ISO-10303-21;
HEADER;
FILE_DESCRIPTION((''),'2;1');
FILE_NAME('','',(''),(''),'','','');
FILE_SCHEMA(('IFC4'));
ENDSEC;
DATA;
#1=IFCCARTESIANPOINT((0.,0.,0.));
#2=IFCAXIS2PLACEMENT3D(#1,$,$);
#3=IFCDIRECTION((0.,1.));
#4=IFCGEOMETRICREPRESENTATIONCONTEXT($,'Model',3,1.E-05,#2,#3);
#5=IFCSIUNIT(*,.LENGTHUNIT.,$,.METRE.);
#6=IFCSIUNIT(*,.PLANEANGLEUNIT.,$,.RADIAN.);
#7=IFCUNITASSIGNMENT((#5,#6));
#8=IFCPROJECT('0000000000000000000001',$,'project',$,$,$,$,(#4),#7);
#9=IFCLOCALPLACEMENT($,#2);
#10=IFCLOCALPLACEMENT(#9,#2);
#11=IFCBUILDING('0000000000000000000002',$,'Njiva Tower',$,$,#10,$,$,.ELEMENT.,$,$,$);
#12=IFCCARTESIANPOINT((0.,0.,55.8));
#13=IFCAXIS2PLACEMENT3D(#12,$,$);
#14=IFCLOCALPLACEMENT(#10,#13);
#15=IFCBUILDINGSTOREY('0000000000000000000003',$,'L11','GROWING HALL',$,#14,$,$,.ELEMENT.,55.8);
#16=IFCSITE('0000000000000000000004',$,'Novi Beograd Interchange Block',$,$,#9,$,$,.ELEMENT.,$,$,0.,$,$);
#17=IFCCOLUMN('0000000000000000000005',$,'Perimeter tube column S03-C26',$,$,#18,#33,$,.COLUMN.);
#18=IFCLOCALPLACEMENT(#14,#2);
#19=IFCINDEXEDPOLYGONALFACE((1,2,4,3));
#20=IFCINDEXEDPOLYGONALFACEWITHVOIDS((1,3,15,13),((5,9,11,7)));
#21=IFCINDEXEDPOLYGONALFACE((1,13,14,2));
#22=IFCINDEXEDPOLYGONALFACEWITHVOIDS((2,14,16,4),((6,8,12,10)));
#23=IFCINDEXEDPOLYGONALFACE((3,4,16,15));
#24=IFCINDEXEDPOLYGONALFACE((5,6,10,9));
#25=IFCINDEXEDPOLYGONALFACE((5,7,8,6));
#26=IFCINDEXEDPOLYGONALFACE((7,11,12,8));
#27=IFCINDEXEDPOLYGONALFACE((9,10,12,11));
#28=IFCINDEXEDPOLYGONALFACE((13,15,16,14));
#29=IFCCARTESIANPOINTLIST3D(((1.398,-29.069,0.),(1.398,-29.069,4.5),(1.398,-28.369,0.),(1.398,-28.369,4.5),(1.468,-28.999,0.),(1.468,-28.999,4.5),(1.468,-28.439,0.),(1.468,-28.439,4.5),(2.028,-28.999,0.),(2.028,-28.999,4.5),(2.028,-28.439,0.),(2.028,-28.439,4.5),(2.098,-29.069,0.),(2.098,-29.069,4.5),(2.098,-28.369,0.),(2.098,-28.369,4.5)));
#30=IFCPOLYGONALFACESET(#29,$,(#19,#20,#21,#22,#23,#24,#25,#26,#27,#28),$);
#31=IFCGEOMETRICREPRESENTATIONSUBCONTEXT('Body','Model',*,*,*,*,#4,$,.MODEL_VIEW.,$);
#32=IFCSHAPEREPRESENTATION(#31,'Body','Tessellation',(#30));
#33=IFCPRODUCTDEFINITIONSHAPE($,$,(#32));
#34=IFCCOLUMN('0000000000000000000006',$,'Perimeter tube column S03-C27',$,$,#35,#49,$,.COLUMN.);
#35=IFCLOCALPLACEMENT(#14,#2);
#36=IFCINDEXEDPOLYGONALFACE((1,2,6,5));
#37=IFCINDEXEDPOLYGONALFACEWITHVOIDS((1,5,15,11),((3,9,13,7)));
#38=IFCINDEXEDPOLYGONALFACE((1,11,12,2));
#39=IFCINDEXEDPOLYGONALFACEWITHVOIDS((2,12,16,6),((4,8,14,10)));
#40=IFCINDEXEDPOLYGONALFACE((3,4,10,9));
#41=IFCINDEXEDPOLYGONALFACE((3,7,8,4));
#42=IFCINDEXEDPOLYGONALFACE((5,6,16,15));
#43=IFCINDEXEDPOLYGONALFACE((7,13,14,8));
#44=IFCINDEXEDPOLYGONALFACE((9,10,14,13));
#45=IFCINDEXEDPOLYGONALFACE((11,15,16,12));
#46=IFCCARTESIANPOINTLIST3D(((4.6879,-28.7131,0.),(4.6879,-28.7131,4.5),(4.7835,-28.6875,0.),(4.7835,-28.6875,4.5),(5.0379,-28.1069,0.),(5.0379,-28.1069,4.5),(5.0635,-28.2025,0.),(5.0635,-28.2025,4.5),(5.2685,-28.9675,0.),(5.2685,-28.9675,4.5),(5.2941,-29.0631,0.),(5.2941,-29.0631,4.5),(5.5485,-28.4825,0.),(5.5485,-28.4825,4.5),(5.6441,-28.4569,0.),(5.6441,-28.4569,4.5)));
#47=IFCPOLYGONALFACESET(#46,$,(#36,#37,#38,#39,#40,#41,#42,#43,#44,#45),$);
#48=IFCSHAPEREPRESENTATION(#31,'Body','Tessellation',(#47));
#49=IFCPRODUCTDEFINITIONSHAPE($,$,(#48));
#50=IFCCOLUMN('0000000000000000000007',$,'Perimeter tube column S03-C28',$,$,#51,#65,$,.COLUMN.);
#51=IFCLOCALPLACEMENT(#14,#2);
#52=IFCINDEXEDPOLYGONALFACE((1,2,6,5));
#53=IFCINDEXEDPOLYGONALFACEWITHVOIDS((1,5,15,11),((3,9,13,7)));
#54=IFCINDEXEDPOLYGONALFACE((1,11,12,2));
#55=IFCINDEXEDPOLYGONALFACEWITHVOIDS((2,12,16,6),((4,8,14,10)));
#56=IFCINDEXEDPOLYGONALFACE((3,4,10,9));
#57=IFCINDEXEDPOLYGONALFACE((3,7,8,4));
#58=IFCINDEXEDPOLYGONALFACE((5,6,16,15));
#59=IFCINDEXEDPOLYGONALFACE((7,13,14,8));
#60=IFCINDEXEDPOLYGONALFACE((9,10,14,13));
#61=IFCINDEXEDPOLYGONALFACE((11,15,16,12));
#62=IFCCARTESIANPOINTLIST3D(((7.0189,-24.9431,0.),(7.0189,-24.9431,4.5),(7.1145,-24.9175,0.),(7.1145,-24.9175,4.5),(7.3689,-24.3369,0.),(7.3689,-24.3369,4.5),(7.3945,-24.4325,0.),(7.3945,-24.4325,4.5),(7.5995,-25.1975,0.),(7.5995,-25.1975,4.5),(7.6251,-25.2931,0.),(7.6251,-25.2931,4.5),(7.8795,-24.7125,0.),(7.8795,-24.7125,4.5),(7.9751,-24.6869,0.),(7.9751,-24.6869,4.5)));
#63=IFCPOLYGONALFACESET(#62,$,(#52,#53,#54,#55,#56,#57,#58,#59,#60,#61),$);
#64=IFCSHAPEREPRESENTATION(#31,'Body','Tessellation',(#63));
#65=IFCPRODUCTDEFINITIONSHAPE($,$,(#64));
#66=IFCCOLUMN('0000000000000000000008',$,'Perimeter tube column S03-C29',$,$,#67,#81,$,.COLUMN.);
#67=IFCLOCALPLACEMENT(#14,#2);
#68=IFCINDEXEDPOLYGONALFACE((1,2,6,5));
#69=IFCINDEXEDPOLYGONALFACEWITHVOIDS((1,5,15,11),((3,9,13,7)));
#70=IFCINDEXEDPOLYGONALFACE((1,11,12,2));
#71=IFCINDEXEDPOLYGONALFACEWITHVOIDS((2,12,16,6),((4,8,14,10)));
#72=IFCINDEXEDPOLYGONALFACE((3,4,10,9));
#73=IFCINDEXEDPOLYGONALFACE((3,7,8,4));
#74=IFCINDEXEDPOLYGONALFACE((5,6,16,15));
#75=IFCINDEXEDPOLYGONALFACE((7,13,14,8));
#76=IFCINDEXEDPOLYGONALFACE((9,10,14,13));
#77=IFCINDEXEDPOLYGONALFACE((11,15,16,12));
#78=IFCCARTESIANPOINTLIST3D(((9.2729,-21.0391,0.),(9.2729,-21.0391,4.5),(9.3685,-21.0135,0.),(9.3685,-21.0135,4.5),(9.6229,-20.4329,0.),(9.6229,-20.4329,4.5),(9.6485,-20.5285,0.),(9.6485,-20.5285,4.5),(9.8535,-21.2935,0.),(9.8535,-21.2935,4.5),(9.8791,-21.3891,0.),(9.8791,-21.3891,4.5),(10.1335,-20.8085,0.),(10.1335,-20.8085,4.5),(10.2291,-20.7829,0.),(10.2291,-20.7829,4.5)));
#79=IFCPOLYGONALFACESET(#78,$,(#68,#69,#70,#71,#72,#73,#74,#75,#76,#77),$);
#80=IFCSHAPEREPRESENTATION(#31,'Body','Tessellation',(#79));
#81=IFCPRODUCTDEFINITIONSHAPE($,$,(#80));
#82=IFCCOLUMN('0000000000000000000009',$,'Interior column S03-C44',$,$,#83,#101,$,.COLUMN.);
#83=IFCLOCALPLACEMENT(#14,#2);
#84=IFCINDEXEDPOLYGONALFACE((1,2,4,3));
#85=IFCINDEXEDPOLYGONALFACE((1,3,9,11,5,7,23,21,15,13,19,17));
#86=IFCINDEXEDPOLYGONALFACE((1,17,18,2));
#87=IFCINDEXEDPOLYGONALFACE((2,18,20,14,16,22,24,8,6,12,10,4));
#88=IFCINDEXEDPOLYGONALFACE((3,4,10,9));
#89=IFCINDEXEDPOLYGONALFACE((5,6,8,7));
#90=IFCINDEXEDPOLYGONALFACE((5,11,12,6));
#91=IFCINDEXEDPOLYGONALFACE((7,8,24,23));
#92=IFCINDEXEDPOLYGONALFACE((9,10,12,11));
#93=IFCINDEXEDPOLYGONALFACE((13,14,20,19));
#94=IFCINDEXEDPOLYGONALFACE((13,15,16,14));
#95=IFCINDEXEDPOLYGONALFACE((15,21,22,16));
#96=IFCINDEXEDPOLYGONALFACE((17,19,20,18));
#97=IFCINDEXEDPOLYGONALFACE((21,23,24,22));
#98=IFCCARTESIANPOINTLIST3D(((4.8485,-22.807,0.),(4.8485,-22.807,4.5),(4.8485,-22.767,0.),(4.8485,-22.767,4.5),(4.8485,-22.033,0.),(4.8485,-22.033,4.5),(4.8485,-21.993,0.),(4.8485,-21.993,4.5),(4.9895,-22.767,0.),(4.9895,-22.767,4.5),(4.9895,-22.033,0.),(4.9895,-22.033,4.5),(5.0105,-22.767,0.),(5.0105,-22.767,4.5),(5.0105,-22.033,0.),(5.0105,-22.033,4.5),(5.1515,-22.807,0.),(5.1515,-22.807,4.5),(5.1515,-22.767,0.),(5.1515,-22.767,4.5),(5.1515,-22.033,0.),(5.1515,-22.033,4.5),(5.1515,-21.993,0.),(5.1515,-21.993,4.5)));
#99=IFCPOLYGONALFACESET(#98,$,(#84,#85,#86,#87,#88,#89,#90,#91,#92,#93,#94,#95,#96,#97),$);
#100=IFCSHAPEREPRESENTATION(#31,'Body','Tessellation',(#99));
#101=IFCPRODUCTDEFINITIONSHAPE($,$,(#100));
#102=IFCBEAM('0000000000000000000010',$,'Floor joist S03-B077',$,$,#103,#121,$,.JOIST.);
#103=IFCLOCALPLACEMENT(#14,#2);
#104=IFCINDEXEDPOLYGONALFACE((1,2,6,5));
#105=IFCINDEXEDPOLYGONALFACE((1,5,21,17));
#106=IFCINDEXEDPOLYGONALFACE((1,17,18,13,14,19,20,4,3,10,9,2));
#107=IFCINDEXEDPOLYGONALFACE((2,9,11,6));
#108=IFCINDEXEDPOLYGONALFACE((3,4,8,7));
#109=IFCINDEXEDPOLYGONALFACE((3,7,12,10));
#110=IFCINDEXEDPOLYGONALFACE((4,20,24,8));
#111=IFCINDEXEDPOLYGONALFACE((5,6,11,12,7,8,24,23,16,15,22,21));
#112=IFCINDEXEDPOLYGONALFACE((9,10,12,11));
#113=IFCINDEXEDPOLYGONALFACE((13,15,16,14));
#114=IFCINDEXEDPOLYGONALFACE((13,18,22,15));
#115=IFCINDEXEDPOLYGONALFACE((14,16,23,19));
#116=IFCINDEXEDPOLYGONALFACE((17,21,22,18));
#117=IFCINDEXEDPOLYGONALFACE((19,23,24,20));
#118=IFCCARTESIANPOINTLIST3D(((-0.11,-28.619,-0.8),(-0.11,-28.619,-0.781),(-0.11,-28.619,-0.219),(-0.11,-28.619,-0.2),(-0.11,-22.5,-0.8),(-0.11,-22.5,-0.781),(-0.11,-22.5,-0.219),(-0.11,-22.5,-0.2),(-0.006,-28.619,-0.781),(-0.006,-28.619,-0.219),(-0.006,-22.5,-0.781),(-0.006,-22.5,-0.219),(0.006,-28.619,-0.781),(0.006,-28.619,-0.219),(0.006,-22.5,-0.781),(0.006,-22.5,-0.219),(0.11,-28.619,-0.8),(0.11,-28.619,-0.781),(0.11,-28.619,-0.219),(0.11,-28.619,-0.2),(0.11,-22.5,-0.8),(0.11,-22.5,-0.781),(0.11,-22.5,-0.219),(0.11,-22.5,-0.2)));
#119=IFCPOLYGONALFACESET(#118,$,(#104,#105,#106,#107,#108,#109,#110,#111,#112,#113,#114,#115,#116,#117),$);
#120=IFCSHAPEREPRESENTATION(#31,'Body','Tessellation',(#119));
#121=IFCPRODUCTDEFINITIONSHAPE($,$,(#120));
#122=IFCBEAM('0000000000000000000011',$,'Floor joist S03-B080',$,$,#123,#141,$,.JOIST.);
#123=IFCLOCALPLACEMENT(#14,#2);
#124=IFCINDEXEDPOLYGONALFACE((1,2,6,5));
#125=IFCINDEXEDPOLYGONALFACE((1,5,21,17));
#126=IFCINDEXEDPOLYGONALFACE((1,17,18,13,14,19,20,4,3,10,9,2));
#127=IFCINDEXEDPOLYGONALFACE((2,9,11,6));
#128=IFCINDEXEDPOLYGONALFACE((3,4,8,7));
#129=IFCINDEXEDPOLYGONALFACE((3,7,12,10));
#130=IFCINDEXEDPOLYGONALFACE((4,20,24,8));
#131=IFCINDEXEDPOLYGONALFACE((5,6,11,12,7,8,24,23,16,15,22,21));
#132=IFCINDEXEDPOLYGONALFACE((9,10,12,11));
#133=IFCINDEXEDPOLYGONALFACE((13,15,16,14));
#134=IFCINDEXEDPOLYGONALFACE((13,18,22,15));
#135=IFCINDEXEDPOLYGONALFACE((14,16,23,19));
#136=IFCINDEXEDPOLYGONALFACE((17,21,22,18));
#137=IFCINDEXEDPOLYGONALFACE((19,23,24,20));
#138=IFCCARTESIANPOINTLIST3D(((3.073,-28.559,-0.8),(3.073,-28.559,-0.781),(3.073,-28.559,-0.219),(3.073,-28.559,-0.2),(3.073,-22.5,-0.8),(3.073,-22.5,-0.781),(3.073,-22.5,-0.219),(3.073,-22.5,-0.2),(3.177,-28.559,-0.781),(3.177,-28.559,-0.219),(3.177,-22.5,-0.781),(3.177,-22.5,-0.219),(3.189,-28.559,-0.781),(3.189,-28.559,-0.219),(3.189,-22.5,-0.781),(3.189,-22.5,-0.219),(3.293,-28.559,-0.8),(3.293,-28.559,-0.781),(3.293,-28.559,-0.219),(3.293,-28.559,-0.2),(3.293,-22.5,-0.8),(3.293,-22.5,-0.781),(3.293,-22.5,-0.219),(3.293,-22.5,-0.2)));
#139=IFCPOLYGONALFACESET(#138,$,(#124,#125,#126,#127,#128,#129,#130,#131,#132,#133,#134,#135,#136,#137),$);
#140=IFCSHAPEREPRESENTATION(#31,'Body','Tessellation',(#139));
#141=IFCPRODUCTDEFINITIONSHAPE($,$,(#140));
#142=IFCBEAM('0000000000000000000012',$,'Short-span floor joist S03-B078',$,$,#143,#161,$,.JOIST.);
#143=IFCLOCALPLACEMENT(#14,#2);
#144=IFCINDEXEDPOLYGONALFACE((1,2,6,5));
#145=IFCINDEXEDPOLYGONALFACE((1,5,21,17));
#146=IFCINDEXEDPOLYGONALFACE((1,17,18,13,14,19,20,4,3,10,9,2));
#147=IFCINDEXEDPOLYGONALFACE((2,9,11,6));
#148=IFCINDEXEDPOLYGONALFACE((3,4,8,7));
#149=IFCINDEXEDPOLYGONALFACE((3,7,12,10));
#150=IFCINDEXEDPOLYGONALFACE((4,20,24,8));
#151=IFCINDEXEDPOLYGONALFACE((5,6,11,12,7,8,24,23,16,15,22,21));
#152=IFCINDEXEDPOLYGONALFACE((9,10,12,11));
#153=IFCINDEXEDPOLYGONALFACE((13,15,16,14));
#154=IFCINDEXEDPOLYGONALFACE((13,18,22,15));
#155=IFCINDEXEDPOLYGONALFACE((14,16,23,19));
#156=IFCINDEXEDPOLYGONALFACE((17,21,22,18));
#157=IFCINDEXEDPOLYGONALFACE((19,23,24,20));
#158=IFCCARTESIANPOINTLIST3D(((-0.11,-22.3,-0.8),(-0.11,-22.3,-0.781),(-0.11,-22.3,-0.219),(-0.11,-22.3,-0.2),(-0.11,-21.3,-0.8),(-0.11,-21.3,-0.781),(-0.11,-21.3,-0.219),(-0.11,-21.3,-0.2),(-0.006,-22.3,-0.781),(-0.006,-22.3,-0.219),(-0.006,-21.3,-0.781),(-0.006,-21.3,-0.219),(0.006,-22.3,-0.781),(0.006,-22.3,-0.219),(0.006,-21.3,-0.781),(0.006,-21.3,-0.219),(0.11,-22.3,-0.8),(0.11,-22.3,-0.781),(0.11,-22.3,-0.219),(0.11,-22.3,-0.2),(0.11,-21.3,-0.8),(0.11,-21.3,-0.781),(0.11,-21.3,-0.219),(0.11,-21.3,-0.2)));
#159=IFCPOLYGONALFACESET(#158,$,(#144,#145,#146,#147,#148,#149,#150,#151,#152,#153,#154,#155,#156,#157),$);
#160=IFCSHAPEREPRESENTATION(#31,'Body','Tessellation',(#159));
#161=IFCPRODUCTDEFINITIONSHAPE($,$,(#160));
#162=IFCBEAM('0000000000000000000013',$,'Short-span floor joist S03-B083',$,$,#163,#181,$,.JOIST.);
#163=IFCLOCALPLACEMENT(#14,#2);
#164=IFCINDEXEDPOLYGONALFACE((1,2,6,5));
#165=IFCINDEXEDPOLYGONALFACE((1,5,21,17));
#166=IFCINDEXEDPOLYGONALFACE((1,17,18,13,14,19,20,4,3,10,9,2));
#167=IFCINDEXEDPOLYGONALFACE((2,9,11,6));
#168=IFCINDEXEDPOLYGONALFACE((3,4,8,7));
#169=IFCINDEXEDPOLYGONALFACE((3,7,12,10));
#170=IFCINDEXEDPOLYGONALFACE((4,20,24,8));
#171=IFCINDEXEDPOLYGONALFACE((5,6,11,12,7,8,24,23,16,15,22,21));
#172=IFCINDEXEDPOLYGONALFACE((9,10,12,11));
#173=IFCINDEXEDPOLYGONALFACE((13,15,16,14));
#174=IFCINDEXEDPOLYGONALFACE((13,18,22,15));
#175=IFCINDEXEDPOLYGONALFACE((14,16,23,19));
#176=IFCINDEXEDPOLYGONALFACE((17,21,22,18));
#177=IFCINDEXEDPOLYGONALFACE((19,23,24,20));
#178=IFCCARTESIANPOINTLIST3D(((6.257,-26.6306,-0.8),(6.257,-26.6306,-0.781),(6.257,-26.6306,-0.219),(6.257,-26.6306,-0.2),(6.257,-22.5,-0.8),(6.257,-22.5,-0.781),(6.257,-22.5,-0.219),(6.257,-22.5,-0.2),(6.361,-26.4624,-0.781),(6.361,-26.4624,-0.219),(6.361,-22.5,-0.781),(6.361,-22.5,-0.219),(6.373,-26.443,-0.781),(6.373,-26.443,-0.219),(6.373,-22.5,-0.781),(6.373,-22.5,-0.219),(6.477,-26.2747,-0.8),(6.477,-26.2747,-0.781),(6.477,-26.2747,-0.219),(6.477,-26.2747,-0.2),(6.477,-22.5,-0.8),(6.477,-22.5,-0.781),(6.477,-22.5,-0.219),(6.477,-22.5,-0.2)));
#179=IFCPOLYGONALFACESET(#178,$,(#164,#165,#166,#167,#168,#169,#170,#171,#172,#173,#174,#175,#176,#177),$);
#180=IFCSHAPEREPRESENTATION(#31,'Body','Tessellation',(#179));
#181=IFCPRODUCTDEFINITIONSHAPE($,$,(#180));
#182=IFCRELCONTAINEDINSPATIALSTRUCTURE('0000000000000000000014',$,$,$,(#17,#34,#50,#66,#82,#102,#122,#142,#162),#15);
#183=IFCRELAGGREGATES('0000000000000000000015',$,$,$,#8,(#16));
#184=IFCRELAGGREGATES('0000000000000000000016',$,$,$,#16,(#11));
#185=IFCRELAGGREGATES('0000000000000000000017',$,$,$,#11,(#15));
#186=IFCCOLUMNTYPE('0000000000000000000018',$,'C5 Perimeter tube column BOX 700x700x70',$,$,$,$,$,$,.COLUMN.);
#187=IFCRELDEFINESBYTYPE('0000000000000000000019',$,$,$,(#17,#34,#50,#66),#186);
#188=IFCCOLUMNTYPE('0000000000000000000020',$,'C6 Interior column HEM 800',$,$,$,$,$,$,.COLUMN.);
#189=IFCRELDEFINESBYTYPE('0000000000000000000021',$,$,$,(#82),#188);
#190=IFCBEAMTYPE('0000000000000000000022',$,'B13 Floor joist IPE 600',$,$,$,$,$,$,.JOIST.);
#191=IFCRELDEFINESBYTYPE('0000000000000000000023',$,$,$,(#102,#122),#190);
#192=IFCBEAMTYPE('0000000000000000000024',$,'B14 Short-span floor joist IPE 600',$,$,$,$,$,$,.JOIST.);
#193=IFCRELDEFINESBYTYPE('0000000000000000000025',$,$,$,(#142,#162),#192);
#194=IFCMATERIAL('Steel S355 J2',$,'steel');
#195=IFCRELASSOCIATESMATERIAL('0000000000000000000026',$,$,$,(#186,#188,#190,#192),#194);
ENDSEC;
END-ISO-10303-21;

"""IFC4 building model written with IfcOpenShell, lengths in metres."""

from ifc_helpers import new_model, si_unit, direction, frame, origin, origin_2d, place, context, subcontext, project, spatial, hollow_rectangle, i_section, extrude, clip, halfspace, material, material_profile, profile_set, type_object, element, save


model = new_model("IFC4")

# Units and contexts
model_context = context("Model", 3, precision=1e-05, world=origin(), true_north=direction((0.0, 1.0)))
body_context = subcontext(model_context, "Body", "Model", "MODEL_VIEW")
ifc_project = project(units=[si_unit("LENGTHUNIT", "METRE"), si_unit("PLANEANGLEUNIT", "RADIAN")], contexts=[model_context])

# Site, building, storey
site_placement = place(None, origin())
site = spatial("IfcSite", under=ifc_project, at=site_placement, Name="Novi Beograd Interchange Block", CompositionType="ELEMENT", RefElevation=0.0)
building_placement = place(site_placement, origin())
building = spatial("IfcBuilding", under=site, at=building_placement, Name="Njiva Tower", CompositionType="ELEMENT")
storey_placement = place(building_placement, frame((0.0, 0.0, 55.8)))
storey = spatial("IfcBuildingStorey", under=building, at=storey_placement, Name="L11", Description="GROWING HALL", CompositionType="ELEMENT", Elevation=55.8)

# Columns
ifc_material_1 = material(Name="Steel S355 J2", Category="steel")
ifc_material_profile_1 = material_profile(ifc_material_1, hollow_rectangle(XDim=0.7, YDim=0.7, WallThickness=0.07, at=origin_2d()), Name="BOX 700x700x70")
ifc_profile_set_1 = profile_set([ifc_material_profile_1], Name="Steel S355 J2")
column_type_1 = type_object("IfcColumnType", Name="C5 Perimeter tube column BOX 700x700x70", PredefinedType="COLUMN", material=ifc_profile_set_1)
for number, where, z_axis, x_axis, name in (
    (1, (1.748, -28.719, 0.0), (0.0, 0.0, 1.0), (1.0, 0.0, 0.0), "Perimeter tube column S03-C26"),
    (2, (5.166, -28.585, 0.0), (0.0, 0.0, 1.0), (0.5, 0.866025, 0.0), "Perimeter tube column S03-C27"),
    (3, (7.497, -24.815, 0.0), (0.0, 0.0, 1.0), (0.5, 0.866025, 0.0), "Perimeter tube column S03-C28"),
    (4, (9.751, -20.911, 0.0), (0.0, 0.0, 1.0), (0.5, 0.866025, 0.0), "Perimeter tube column S03-C29"),
):
    element("IfcColumn", number, at=place(storey_placement, frame(where, z_axis=z_axis, x_axis=x_axis)), inside=storey, type_object=column_type_1, Name=name, PredefinedType="COLUMN", context=body_context, shape_type="SweptSolid", body=[
        extrude(hollow_rectangle(XDim=0.7, YDim=0.7, WallThickness=0.07, at=origin_2d()), origin(), (0.0, 0.0, 1.0), 4.5),
    ])
ifc_material_profile_2 = material_profile(ifc_material_1, i_section(OverallWidth=0.303, OverallDepth=0.814, WebThickness=0.021, FlangeThickness=0.04, at=origin_2d()), Name="HEM 800")
ifc_profile_set_2 = profile_set([ifc_material_profile_2], Name="Steel S355 J2")
column_type_2 = type_object("IfcColumnType", Name="C6 Interior column HEM 800", PredefinedType="COLUMN", material=ifc_profile_set_2)
column_placement = place(storey_placement, frame((5.0, -22.4, 0.0), z_axis=(0.0, 0.0, 1.0), x_axis=(1.0, 0.0, 0.0)))
element("IfcColumn", 5, at=column_placement, inside=storey, type_object=column_type_2, Name="Interior column S03-C44", PredefinedType="COLUMN", context=body_context, shape_type="SweptSolid", body=[
    extrude(i_section(OverallWidth=0.303, OverallDepth=0.814, WebThickness=0.021, FlangeThickness=0.04, at=origin_2d()), origin(), (0.0, 0.0, 1.0), 4.5),
])

# Beams
ifc_material_profile_3 = material_profile(ifc_material_1, i_section(OverallWidth=0.22, OverallDepth=0.6, WebThickness=0.012, FlangeThickness=0.019, at=origin_2d()), Name="IPE 600")
ifc_profile_set_3 = profile_set([ifc_material_profile_3], Name="Steel S355 J2")
beam_type_1 = type_object("IfcBeamType", Name="B13 Floor joist IPE 600", PredefinedType="JOIST", material=ifc_profile_set_3)
beam_1_placement = place(storey_placement, frame((0.0, -22.5, -0.5), z_axis=(0.0, -1.0, 0.0), x_axis=(1.0, 0.0, 0.0)))
element("IfcBeam", 6, at=beam_1_placement, inside=storey, type_object=beam_type_1, Name="Floor joist S03-B077", PredefinedType="JOIST", context=body_context, shape_type="SweptSolid", body=[
    extrude(i_section(OverallWidth=0.22, OverallDepth=0.6, WebThickness=0.012, FlangeThickness=0.019, at=origin_2d()), origin(), (0.0, 0.0, 1.0), 6.119),
])
beam_2_placement = place(storey_placement, frame((3.183, -22.5, -0.5), z_axis=(0.0, -1.0, 0.0), x_axis=(1.0, 0.0, 0.0)))
element("IfcBeam", 7, at=beam_2_placement, inside=storey, type_object=beam_type_1, Name="Floor joist S03-B080", PredefinedType="JOIST", context=body_context, shape_type="SweptSolid", body=[
    extrude(i_section(OverallWidth=0.22, OverallDepth=0.6, WebThickness=0.012, FlangeThickness=0.019, at=origin_2d()), origin(), (0.0, 0.0, 1.0), 6.059),
])
ifc_material_profile_4 = material_profile(ifc_material_1, i_section(OverallWidth=0.22, OverallDepth=0.6, WebThickness=0.012, FlangeThickness=0.019, at=origin_2d()), Name="IPE 600")
ifc_profile_set_4 = profile_set([ifc_material_profile_4], Name="Steel S355 J2")
beam_type_2 = type_object("IfcBeamType", Name="B14 Short-span floor joist IPE 600", PredefinedType="JOIST", material=ifc_profile_set_4)
beam_3_placement = place(storey_placement, frame((0.0, -21.3, -0.5), z_axis=(0.0, -1.0, 0.0), x_axis=(1.0, 0.0, 0.0)))
element("IfcBeam", 8, at=beam_3_placement, inside=storey, type_object=beam_type_2, Name="Short-span floor joist S03-B078", PredefinedType="JOIST", context=body_context, shape_type="SweptSolid", body=[
    extrude(i_section(OverallWidth=0.22, OverallDepth=0.6, WebThickness=0.012, FlangeThickness=0.019, at=origin_2d()), origin(), (0.0, 0.0, 1.0), 1.0),
])
beam_4_placement = place(storey_placement, frame((6.367, -22.5, -0.5), z_axis=(0.0, -1.0, 0.0), x_axis=(1.0, 0.0, 0.0)))
element("IfcBeam", 9, at=beam_4_placement, inside=storey, type_object=beam_type_2, Name="Short-span floor joist S03-B083", PredefinedType="JOIST", context=body_context, shape_type="Clipping", body=[
    clip(extrude(i_section(OverallWidth=0.22, OverallDepth=0.6, WebThickness=0.012, FlangeThickness=0.019, at=origin_2d()), origin(), (0.0, 0.0, 1.0), 4.151), halfspace(frame((0.0422, 0.0, 3.8844), z_axis=(0.85062, 0.0, 0.52578), x_axis=(0.0, 1.0, 0.0)), False)),
])

save(model, "model.ifc")
